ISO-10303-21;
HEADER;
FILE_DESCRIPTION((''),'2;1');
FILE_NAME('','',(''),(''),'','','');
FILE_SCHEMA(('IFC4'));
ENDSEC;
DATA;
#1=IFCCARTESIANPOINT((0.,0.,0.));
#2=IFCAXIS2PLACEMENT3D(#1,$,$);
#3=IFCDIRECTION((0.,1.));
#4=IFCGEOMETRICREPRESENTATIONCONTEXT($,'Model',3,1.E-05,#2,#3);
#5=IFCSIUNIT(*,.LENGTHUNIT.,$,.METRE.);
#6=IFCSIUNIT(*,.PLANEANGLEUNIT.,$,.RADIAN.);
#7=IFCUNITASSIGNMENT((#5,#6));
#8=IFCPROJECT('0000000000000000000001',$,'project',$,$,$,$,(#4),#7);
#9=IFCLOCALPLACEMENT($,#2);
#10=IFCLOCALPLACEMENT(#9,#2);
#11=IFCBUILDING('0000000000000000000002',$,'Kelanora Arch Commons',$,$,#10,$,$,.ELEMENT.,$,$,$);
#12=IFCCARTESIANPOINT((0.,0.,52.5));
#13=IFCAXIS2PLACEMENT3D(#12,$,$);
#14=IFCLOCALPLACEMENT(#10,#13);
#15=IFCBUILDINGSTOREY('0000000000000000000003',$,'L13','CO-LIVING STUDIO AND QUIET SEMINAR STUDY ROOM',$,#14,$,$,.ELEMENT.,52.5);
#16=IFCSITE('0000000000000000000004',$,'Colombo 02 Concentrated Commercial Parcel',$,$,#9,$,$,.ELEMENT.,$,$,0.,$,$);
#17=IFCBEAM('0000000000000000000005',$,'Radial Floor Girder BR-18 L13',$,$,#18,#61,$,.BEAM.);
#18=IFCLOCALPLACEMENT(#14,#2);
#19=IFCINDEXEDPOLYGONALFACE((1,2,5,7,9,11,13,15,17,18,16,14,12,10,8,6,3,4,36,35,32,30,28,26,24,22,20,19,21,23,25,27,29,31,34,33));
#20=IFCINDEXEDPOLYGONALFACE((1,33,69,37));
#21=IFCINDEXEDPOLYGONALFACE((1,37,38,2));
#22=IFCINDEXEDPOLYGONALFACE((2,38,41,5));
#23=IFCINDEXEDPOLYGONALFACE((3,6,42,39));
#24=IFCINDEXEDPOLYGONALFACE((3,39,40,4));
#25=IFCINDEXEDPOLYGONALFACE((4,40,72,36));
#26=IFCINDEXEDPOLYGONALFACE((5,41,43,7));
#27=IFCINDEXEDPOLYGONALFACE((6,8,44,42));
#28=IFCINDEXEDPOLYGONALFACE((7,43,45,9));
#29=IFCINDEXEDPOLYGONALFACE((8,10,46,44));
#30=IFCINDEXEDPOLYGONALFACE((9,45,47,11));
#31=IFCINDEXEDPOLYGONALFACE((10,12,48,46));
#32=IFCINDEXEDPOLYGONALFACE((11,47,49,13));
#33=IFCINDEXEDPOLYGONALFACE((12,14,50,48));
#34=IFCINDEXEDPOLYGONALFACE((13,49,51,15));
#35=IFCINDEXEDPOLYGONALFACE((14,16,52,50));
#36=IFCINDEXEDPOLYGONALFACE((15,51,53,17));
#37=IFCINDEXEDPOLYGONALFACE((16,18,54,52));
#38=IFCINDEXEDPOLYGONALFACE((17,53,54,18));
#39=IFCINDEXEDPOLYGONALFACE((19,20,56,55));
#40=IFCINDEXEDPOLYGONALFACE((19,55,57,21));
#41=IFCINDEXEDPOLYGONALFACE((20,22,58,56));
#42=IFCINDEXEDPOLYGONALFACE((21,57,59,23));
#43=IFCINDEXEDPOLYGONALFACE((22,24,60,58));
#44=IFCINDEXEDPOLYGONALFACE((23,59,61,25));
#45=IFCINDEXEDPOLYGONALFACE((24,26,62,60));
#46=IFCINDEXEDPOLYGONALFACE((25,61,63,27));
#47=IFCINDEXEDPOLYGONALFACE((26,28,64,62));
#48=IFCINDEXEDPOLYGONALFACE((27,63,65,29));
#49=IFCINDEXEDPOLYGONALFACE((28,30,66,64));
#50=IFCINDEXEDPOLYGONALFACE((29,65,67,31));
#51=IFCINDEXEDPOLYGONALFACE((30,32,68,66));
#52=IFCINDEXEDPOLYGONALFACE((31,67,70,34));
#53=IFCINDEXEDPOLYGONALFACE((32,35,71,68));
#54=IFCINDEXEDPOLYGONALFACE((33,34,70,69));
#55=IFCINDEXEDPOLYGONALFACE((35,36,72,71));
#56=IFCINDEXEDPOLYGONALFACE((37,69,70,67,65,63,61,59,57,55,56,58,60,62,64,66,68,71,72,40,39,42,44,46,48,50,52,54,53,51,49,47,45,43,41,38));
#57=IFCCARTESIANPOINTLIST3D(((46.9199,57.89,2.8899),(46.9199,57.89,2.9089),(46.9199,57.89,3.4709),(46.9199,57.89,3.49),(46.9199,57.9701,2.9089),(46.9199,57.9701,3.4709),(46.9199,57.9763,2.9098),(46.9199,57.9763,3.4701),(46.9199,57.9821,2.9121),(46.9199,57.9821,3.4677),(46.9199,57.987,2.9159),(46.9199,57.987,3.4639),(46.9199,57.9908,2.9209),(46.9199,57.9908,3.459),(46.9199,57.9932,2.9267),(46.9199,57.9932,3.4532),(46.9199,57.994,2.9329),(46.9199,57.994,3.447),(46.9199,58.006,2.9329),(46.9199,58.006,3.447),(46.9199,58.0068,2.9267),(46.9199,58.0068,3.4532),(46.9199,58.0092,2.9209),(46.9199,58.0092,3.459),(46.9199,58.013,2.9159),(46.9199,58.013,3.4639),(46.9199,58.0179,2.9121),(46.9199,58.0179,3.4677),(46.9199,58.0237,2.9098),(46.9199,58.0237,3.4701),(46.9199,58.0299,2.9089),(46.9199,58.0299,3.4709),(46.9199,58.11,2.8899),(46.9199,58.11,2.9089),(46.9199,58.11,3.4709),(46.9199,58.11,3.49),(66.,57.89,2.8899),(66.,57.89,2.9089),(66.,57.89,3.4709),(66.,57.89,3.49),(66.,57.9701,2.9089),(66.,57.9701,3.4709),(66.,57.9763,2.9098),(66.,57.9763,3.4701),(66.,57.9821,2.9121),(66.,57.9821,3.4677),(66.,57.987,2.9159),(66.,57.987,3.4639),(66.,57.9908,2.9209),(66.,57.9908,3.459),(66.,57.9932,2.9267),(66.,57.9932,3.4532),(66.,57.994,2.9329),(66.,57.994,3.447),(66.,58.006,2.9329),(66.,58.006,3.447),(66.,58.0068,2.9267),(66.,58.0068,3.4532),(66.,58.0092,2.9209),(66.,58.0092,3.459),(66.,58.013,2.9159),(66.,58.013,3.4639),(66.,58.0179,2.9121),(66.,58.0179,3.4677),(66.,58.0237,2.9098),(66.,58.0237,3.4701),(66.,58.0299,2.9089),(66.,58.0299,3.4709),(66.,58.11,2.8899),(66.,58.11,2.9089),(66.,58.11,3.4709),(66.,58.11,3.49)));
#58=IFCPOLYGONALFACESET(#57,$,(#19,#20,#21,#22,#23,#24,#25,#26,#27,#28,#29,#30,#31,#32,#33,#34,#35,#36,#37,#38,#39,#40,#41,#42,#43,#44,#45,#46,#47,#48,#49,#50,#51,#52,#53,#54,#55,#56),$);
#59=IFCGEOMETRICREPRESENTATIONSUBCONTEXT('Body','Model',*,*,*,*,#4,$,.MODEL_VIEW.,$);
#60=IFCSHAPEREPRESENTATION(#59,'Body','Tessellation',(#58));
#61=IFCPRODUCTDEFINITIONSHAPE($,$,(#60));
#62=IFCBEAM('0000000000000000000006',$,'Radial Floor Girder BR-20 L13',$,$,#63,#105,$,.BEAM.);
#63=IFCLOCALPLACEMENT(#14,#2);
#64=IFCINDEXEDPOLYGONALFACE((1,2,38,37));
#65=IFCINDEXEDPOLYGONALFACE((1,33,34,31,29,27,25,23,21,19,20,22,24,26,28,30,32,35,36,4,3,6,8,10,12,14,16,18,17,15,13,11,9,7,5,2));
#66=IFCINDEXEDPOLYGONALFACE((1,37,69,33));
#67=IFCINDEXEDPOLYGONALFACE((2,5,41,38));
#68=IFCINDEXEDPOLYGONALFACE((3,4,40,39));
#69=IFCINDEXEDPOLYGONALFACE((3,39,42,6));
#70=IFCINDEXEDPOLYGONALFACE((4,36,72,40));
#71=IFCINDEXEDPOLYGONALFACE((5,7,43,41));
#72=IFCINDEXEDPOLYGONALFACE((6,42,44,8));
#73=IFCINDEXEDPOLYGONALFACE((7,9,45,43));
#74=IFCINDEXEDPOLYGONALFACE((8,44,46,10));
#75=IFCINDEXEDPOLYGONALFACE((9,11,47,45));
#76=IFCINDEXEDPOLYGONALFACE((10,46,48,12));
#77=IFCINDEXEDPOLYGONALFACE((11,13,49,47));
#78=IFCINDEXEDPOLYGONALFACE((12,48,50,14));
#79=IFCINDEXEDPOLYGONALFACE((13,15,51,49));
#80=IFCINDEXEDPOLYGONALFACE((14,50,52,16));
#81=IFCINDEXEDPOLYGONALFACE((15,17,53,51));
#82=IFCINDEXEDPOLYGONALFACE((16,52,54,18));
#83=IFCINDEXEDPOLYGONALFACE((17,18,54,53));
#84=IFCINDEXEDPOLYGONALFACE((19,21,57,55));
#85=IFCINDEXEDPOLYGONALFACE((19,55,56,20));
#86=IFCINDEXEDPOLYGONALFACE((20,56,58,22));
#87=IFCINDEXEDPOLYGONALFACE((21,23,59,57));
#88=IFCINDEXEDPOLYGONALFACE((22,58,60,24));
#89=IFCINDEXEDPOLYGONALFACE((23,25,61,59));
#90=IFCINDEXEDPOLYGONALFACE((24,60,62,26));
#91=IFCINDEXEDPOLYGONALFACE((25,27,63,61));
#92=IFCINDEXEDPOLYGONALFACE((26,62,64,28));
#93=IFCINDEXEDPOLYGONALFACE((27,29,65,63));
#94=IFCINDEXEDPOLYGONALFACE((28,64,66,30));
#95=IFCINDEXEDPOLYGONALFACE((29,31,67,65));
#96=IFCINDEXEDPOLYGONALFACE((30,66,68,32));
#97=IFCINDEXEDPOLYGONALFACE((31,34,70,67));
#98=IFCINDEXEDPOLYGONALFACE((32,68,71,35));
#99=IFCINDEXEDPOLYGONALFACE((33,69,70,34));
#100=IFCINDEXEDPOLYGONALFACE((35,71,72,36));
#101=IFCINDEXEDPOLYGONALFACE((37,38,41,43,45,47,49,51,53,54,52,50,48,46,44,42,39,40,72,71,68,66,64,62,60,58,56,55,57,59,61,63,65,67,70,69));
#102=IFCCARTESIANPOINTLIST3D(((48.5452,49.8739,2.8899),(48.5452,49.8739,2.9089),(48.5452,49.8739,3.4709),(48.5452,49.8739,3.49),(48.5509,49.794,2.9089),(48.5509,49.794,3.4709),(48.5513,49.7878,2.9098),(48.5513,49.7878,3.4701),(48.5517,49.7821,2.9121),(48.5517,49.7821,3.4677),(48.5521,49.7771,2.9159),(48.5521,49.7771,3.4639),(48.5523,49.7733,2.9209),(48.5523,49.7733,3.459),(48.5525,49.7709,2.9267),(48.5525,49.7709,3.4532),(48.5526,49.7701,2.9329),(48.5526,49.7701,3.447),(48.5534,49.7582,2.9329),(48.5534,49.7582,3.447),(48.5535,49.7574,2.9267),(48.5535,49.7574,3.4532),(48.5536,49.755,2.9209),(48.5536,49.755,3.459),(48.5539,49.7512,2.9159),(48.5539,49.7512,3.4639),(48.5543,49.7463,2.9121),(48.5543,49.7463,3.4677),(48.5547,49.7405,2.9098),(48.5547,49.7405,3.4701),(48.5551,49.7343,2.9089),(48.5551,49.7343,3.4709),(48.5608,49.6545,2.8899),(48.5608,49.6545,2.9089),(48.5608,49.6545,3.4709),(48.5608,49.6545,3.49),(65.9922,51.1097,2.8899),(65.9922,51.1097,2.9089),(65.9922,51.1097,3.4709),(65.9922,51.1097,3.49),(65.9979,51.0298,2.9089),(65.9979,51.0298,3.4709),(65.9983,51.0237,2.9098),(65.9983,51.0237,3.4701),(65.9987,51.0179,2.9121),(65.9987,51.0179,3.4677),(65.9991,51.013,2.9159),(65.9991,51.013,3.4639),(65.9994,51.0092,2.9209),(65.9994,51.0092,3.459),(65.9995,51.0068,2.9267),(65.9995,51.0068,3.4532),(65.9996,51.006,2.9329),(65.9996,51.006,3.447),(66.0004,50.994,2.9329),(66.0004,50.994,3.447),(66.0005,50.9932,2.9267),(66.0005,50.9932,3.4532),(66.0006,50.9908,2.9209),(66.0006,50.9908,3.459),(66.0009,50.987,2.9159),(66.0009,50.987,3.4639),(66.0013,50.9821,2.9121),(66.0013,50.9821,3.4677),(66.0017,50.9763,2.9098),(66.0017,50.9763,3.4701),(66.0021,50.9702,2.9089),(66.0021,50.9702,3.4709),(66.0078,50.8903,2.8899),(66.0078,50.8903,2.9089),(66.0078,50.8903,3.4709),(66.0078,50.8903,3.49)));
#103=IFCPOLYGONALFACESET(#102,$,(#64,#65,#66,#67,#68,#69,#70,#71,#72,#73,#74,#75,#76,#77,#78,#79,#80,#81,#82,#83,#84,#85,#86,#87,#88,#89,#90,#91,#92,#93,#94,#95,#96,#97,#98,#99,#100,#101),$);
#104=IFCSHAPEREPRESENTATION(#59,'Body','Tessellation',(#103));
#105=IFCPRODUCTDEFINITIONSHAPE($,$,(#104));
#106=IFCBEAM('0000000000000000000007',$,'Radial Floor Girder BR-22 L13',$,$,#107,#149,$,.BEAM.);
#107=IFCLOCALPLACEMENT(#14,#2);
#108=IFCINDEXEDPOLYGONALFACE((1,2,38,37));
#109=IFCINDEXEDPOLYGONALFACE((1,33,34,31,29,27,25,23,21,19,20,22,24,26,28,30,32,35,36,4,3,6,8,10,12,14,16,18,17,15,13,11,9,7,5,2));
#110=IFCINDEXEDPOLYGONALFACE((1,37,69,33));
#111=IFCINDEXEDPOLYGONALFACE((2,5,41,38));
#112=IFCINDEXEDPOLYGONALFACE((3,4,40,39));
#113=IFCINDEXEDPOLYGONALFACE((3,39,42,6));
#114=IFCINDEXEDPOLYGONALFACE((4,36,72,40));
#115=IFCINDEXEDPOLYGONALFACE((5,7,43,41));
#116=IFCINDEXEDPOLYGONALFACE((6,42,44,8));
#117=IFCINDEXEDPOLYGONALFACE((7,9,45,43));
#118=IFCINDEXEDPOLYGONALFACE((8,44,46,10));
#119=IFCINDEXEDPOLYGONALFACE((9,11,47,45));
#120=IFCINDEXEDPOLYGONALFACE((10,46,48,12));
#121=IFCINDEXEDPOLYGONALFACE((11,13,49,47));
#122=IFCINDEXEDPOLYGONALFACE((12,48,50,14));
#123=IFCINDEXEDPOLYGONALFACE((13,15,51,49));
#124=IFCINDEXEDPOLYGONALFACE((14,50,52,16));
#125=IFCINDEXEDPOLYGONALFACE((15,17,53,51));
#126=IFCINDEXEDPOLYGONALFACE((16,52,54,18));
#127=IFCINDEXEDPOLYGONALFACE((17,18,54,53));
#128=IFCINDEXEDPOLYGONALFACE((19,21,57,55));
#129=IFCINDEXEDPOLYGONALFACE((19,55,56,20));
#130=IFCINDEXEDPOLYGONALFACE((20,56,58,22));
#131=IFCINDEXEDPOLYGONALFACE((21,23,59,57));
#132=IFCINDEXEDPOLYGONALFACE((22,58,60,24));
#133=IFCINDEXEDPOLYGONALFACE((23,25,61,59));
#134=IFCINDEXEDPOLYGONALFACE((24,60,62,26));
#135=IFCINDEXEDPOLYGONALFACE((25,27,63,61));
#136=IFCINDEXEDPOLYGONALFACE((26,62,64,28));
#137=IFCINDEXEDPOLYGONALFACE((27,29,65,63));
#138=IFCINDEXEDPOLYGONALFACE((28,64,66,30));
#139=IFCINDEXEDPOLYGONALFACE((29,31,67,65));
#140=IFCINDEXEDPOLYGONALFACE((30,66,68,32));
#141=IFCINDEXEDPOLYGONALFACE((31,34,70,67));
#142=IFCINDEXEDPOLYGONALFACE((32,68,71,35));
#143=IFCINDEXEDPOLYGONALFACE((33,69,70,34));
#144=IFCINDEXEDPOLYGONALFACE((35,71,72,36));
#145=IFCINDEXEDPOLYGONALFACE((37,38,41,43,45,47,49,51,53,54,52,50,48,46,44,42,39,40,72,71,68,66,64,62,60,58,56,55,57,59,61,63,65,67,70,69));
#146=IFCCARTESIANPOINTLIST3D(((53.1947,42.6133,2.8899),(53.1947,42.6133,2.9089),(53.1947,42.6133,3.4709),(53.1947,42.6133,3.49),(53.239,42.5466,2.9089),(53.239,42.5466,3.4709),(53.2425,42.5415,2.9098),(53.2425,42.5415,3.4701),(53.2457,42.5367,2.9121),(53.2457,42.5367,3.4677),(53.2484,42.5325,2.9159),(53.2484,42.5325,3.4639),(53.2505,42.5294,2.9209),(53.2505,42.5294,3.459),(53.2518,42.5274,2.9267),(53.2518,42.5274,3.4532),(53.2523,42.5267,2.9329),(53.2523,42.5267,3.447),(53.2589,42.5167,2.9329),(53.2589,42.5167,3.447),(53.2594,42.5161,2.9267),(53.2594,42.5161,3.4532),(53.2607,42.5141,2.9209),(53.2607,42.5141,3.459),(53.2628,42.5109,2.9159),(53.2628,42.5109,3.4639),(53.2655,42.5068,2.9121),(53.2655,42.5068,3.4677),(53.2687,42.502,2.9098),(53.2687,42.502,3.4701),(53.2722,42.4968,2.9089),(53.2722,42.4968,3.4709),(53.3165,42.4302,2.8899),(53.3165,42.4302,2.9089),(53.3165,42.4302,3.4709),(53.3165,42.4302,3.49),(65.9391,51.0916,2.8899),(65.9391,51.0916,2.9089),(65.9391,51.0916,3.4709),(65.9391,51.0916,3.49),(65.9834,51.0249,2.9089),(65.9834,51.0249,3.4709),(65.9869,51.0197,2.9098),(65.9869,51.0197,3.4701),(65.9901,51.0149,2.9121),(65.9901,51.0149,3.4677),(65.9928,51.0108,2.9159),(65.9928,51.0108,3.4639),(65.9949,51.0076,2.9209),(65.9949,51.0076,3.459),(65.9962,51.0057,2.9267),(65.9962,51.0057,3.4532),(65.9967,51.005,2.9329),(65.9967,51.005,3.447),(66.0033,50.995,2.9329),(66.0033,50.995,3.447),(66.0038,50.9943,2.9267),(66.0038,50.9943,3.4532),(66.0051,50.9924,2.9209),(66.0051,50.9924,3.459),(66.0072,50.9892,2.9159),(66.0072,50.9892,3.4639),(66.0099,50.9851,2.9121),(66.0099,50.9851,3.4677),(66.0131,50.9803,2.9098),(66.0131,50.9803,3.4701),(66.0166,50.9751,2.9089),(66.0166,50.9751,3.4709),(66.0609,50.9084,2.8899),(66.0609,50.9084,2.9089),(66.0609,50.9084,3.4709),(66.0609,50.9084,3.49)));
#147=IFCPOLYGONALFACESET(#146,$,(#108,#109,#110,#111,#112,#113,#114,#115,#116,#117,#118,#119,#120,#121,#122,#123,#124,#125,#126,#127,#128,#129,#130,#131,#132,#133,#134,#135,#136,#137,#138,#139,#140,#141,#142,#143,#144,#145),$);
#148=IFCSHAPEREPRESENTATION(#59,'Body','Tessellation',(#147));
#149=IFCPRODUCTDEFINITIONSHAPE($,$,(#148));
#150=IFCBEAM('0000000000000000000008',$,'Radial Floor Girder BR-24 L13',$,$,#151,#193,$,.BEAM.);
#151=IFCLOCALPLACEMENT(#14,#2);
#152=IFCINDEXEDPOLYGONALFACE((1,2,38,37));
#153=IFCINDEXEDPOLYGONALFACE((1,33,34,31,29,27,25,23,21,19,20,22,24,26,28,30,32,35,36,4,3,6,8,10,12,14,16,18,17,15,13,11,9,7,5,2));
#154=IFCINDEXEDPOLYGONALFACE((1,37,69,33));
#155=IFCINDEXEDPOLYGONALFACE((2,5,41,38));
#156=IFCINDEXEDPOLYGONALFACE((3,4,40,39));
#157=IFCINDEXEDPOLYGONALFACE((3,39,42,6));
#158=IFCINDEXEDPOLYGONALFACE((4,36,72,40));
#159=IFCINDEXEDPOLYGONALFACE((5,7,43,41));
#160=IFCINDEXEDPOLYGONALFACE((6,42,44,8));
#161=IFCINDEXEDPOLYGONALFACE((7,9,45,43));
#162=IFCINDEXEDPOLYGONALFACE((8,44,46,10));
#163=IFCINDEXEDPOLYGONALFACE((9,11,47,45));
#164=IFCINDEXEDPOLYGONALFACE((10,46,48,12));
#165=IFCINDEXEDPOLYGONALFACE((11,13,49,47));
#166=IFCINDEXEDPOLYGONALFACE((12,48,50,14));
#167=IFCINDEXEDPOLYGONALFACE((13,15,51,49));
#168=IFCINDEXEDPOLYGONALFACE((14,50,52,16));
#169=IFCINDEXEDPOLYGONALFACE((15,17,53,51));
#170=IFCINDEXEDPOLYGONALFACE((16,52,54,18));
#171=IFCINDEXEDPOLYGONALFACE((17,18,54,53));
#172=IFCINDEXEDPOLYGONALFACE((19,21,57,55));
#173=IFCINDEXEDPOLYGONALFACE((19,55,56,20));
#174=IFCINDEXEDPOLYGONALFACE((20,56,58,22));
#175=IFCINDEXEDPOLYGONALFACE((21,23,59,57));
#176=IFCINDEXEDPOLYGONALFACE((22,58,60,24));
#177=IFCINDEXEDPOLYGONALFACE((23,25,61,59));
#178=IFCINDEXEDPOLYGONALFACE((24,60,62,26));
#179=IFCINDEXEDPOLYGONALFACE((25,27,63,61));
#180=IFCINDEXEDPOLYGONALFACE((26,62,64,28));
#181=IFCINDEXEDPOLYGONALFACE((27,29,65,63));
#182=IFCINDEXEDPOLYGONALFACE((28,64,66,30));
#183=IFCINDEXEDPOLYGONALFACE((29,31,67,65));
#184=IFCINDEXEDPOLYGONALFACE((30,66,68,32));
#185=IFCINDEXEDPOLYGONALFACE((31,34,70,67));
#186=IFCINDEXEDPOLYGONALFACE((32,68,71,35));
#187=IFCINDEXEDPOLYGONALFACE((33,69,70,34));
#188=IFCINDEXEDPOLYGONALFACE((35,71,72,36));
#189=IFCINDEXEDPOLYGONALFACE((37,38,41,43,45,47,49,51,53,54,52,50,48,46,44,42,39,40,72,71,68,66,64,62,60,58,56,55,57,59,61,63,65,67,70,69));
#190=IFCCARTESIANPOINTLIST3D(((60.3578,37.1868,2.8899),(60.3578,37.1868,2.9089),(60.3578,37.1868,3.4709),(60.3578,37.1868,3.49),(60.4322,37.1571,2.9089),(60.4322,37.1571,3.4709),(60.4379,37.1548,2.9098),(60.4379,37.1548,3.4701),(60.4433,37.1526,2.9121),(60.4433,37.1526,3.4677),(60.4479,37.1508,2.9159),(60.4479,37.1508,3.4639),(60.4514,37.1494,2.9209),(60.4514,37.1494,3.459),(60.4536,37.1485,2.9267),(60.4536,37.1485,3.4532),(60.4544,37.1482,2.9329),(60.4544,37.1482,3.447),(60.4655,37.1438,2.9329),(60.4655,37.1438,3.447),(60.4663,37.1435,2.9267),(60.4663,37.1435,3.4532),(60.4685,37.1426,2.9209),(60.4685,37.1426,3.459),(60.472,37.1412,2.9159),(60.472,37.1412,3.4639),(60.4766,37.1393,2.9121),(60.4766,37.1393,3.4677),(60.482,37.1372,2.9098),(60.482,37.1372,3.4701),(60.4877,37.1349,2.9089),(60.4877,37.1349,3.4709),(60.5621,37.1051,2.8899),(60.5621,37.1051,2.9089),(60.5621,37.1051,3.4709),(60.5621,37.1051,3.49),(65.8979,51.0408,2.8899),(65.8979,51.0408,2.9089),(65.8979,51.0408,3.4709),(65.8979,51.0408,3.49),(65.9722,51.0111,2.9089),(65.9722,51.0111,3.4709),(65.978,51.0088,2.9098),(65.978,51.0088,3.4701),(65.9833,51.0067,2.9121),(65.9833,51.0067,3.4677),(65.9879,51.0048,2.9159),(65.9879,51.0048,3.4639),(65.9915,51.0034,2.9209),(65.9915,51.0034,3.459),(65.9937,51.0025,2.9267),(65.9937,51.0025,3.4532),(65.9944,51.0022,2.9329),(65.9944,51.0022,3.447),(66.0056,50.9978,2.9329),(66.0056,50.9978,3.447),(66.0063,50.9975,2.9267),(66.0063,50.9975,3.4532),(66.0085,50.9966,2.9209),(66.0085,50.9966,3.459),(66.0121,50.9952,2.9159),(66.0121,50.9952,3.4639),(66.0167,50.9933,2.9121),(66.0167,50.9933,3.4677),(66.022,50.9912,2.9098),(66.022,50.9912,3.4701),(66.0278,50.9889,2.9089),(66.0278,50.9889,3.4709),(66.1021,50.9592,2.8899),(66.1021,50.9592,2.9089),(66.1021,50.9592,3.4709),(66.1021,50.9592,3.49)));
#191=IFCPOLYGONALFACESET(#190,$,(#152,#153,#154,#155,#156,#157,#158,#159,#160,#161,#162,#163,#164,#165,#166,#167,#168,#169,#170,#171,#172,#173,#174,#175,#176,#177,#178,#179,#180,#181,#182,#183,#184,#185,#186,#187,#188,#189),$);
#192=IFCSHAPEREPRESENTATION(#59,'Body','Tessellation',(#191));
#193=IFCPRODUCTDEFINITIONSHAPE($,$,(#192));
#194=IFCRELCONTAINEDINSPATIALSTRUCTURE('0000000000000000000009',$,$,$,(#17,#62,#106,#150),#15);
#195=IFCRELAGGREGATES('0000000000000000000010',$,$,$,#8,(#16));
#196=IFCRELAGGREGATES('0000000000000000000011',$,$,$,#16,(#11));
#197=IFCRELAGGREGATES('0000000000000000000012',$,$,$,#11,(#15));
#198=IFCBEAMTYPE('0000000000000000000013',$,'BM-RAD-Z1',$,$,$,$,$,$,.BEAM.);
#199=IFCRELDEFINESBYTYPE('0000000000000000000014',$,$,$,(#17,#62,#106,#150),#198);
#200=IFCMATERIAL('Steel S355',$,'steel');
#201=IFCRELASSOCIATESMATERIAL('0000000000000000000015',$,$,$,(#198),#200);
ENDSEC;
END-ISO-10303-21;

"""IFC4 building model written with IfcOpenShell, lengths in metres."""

from ifc_helpers import new_model, si_unit, direction, frame, origin, origin_2d, place, context, subcontext, project, spatial, i_section, extrude, material, material_profile, profile_set, type_object, element, save


model = new_model("IFC4")

# Units and contexts
model_context = context("Model", 3, precision=1e-05, world=origin(), true_north=direction((0.0, 1.0)))
body_context = subcontext(model_context, "Body", "Model", "MODEL_VIEW")
ifc_project = project(units=[si_unit("LENGTHUNIT", "METRE"), si_unit("PLANEANGLEUNIT", "RADIAN")], contexts=[model_context])

# Site, building, storey
site_placement = place(None, origin())
site = spatial("IfcSite", under=ifc_project, at=site_placement, Name="Colombo 02 Concentrated Commercial Parcel", CompositionType="ELEMENT", RefElevation=0.0)
building_placement = place(site_placement, origin())
building = spatial("IfcBuilding", under=site, at=building_placement, Name="Kelanora Arch Commons", CompositionType="ELEMENT")
storey_placement = place(building_placement, frame((0.0, 0.0, 52.5)))
storey = spatial("IfcBuildingStorey", under=building, at=storey_placement, Name="L13", Description="CO-LIVING STUDIO AND QUIET SEMINAR STUDY ROOM", CompositionType="ELEMENT", Elevation=52.5)

# Beams
ifc_material_1 = material(Name="Steel S355", Category="steel")
ifc_material_profile_1 = material_profile(ifc_material_1, i_section(OverallWidth=0.22, OverallDepth=0.6001, WebThickness=0.012, FlangeThickness=0.019, FilletRadius=0.0239, at=origin_2d()), Name="IPE600")
ifc_profile_set_1 = profile_set([ifc_material_profile_1], Name="Steel S355")
beam_type_1 = type_object("IfcBeamType", Name="BM-RAD-Z1", PredefinedType="BEAM", material=ifc_profile_set_1)
beam_1_placement = place(storey_placement, frame((66.0, 58.0, 3.1899), z_axis=(-1.0, 0.0, 0.0), x_axis=(0.0, -1.0, 0.0)))
element("IfcBeam", 1, at=beam_1_placement, inside=storey, type_object=beam_type_1, Name="Radial Floor Girder BR-18 L13", PredefinedType="BEAM", context=body_context, shape_type="SweptSolid", body=[
    extrude(i_section(OverallWidth=0.22, OverallDepth=0.6001, WebThickness=0.012, FlangeThickness=0.019, FilletRadius=0.0239, at=origin_2d()), origin(), (0.0, 0.0, 1.0), 19.0801),
])
beam_2_placement = place(storey_placement, frame((66.0, 51.0, 3.1899), z_axis=(-0.997501, -0.070657, 0.0), x_axis=(0.070657, -0.997501, 0.0)))
element("IfcBeam", 2, at=beam_2_placement, inside=storey, type_object=beam_type_1, Name="Radial Floor Girder BR-20 L13", PredefinedType="BEAM", context=body_context, shape_type="SweptSolid", body=[
    extrude(i_section(OverallWidth=0.22, OverallDepth=0.6001, WebThickness=0.012, FlangeThickness=0.019, FilletRadius=0.0239, at=origin_2d()), origin(), (0.0, 0.0, 1.0), 17.4907),
])
beam_3_placement = place(storey_placement, frame((66.0, 51.0, 3.1899), z_axis=(-0.832592, -0.553886, 0.0), x_axis=(0.553886, -0.832592, 0.0)))
element("IfcBeam", 3, at=beam_3_placement, inside=storey, type_object=beam_type_1, Name="Radial Floor Girder BR-22 L13", PredefinedType="BEAM", context=body_context, shape_type="SweptSolid", body=[
    extrude(i_section(OverallWidth=0.22, OverallDepth=0.6001, WebThickness=0.012, FlangeThickness=0.019, FilletRadius=0.0239, at=origin_2d()), origin(), (0.0, 0.0, 1.0), 15.3069),
])
beam_4_placement = place(storey_placement, frame((66.0, 51.0, 3.1899), z_axis=(-0.3713, -0.928513, 0.0), x_axis=(0.928513, -0.3713, 0.0)))
element("IfcBeam", 4, at=beam_4_placement, inside=storey, type_object=beam_type_1, Name="Radial Floor Girder BR-24 L13", PredefinedType="BEAM", context=body_context, shape_type="SweptSolid", body=[
    extrude(i_section(OverallWidth=0.22, OverallDepth=0.6001, WebThickness=0.012, FlangeThickness=0.019, FilletRadius=0.0239, at=origin_2d()), origin(), (0.0, 0.0, 1.0), 14.9207),
])

save(model, "model.ifc")
